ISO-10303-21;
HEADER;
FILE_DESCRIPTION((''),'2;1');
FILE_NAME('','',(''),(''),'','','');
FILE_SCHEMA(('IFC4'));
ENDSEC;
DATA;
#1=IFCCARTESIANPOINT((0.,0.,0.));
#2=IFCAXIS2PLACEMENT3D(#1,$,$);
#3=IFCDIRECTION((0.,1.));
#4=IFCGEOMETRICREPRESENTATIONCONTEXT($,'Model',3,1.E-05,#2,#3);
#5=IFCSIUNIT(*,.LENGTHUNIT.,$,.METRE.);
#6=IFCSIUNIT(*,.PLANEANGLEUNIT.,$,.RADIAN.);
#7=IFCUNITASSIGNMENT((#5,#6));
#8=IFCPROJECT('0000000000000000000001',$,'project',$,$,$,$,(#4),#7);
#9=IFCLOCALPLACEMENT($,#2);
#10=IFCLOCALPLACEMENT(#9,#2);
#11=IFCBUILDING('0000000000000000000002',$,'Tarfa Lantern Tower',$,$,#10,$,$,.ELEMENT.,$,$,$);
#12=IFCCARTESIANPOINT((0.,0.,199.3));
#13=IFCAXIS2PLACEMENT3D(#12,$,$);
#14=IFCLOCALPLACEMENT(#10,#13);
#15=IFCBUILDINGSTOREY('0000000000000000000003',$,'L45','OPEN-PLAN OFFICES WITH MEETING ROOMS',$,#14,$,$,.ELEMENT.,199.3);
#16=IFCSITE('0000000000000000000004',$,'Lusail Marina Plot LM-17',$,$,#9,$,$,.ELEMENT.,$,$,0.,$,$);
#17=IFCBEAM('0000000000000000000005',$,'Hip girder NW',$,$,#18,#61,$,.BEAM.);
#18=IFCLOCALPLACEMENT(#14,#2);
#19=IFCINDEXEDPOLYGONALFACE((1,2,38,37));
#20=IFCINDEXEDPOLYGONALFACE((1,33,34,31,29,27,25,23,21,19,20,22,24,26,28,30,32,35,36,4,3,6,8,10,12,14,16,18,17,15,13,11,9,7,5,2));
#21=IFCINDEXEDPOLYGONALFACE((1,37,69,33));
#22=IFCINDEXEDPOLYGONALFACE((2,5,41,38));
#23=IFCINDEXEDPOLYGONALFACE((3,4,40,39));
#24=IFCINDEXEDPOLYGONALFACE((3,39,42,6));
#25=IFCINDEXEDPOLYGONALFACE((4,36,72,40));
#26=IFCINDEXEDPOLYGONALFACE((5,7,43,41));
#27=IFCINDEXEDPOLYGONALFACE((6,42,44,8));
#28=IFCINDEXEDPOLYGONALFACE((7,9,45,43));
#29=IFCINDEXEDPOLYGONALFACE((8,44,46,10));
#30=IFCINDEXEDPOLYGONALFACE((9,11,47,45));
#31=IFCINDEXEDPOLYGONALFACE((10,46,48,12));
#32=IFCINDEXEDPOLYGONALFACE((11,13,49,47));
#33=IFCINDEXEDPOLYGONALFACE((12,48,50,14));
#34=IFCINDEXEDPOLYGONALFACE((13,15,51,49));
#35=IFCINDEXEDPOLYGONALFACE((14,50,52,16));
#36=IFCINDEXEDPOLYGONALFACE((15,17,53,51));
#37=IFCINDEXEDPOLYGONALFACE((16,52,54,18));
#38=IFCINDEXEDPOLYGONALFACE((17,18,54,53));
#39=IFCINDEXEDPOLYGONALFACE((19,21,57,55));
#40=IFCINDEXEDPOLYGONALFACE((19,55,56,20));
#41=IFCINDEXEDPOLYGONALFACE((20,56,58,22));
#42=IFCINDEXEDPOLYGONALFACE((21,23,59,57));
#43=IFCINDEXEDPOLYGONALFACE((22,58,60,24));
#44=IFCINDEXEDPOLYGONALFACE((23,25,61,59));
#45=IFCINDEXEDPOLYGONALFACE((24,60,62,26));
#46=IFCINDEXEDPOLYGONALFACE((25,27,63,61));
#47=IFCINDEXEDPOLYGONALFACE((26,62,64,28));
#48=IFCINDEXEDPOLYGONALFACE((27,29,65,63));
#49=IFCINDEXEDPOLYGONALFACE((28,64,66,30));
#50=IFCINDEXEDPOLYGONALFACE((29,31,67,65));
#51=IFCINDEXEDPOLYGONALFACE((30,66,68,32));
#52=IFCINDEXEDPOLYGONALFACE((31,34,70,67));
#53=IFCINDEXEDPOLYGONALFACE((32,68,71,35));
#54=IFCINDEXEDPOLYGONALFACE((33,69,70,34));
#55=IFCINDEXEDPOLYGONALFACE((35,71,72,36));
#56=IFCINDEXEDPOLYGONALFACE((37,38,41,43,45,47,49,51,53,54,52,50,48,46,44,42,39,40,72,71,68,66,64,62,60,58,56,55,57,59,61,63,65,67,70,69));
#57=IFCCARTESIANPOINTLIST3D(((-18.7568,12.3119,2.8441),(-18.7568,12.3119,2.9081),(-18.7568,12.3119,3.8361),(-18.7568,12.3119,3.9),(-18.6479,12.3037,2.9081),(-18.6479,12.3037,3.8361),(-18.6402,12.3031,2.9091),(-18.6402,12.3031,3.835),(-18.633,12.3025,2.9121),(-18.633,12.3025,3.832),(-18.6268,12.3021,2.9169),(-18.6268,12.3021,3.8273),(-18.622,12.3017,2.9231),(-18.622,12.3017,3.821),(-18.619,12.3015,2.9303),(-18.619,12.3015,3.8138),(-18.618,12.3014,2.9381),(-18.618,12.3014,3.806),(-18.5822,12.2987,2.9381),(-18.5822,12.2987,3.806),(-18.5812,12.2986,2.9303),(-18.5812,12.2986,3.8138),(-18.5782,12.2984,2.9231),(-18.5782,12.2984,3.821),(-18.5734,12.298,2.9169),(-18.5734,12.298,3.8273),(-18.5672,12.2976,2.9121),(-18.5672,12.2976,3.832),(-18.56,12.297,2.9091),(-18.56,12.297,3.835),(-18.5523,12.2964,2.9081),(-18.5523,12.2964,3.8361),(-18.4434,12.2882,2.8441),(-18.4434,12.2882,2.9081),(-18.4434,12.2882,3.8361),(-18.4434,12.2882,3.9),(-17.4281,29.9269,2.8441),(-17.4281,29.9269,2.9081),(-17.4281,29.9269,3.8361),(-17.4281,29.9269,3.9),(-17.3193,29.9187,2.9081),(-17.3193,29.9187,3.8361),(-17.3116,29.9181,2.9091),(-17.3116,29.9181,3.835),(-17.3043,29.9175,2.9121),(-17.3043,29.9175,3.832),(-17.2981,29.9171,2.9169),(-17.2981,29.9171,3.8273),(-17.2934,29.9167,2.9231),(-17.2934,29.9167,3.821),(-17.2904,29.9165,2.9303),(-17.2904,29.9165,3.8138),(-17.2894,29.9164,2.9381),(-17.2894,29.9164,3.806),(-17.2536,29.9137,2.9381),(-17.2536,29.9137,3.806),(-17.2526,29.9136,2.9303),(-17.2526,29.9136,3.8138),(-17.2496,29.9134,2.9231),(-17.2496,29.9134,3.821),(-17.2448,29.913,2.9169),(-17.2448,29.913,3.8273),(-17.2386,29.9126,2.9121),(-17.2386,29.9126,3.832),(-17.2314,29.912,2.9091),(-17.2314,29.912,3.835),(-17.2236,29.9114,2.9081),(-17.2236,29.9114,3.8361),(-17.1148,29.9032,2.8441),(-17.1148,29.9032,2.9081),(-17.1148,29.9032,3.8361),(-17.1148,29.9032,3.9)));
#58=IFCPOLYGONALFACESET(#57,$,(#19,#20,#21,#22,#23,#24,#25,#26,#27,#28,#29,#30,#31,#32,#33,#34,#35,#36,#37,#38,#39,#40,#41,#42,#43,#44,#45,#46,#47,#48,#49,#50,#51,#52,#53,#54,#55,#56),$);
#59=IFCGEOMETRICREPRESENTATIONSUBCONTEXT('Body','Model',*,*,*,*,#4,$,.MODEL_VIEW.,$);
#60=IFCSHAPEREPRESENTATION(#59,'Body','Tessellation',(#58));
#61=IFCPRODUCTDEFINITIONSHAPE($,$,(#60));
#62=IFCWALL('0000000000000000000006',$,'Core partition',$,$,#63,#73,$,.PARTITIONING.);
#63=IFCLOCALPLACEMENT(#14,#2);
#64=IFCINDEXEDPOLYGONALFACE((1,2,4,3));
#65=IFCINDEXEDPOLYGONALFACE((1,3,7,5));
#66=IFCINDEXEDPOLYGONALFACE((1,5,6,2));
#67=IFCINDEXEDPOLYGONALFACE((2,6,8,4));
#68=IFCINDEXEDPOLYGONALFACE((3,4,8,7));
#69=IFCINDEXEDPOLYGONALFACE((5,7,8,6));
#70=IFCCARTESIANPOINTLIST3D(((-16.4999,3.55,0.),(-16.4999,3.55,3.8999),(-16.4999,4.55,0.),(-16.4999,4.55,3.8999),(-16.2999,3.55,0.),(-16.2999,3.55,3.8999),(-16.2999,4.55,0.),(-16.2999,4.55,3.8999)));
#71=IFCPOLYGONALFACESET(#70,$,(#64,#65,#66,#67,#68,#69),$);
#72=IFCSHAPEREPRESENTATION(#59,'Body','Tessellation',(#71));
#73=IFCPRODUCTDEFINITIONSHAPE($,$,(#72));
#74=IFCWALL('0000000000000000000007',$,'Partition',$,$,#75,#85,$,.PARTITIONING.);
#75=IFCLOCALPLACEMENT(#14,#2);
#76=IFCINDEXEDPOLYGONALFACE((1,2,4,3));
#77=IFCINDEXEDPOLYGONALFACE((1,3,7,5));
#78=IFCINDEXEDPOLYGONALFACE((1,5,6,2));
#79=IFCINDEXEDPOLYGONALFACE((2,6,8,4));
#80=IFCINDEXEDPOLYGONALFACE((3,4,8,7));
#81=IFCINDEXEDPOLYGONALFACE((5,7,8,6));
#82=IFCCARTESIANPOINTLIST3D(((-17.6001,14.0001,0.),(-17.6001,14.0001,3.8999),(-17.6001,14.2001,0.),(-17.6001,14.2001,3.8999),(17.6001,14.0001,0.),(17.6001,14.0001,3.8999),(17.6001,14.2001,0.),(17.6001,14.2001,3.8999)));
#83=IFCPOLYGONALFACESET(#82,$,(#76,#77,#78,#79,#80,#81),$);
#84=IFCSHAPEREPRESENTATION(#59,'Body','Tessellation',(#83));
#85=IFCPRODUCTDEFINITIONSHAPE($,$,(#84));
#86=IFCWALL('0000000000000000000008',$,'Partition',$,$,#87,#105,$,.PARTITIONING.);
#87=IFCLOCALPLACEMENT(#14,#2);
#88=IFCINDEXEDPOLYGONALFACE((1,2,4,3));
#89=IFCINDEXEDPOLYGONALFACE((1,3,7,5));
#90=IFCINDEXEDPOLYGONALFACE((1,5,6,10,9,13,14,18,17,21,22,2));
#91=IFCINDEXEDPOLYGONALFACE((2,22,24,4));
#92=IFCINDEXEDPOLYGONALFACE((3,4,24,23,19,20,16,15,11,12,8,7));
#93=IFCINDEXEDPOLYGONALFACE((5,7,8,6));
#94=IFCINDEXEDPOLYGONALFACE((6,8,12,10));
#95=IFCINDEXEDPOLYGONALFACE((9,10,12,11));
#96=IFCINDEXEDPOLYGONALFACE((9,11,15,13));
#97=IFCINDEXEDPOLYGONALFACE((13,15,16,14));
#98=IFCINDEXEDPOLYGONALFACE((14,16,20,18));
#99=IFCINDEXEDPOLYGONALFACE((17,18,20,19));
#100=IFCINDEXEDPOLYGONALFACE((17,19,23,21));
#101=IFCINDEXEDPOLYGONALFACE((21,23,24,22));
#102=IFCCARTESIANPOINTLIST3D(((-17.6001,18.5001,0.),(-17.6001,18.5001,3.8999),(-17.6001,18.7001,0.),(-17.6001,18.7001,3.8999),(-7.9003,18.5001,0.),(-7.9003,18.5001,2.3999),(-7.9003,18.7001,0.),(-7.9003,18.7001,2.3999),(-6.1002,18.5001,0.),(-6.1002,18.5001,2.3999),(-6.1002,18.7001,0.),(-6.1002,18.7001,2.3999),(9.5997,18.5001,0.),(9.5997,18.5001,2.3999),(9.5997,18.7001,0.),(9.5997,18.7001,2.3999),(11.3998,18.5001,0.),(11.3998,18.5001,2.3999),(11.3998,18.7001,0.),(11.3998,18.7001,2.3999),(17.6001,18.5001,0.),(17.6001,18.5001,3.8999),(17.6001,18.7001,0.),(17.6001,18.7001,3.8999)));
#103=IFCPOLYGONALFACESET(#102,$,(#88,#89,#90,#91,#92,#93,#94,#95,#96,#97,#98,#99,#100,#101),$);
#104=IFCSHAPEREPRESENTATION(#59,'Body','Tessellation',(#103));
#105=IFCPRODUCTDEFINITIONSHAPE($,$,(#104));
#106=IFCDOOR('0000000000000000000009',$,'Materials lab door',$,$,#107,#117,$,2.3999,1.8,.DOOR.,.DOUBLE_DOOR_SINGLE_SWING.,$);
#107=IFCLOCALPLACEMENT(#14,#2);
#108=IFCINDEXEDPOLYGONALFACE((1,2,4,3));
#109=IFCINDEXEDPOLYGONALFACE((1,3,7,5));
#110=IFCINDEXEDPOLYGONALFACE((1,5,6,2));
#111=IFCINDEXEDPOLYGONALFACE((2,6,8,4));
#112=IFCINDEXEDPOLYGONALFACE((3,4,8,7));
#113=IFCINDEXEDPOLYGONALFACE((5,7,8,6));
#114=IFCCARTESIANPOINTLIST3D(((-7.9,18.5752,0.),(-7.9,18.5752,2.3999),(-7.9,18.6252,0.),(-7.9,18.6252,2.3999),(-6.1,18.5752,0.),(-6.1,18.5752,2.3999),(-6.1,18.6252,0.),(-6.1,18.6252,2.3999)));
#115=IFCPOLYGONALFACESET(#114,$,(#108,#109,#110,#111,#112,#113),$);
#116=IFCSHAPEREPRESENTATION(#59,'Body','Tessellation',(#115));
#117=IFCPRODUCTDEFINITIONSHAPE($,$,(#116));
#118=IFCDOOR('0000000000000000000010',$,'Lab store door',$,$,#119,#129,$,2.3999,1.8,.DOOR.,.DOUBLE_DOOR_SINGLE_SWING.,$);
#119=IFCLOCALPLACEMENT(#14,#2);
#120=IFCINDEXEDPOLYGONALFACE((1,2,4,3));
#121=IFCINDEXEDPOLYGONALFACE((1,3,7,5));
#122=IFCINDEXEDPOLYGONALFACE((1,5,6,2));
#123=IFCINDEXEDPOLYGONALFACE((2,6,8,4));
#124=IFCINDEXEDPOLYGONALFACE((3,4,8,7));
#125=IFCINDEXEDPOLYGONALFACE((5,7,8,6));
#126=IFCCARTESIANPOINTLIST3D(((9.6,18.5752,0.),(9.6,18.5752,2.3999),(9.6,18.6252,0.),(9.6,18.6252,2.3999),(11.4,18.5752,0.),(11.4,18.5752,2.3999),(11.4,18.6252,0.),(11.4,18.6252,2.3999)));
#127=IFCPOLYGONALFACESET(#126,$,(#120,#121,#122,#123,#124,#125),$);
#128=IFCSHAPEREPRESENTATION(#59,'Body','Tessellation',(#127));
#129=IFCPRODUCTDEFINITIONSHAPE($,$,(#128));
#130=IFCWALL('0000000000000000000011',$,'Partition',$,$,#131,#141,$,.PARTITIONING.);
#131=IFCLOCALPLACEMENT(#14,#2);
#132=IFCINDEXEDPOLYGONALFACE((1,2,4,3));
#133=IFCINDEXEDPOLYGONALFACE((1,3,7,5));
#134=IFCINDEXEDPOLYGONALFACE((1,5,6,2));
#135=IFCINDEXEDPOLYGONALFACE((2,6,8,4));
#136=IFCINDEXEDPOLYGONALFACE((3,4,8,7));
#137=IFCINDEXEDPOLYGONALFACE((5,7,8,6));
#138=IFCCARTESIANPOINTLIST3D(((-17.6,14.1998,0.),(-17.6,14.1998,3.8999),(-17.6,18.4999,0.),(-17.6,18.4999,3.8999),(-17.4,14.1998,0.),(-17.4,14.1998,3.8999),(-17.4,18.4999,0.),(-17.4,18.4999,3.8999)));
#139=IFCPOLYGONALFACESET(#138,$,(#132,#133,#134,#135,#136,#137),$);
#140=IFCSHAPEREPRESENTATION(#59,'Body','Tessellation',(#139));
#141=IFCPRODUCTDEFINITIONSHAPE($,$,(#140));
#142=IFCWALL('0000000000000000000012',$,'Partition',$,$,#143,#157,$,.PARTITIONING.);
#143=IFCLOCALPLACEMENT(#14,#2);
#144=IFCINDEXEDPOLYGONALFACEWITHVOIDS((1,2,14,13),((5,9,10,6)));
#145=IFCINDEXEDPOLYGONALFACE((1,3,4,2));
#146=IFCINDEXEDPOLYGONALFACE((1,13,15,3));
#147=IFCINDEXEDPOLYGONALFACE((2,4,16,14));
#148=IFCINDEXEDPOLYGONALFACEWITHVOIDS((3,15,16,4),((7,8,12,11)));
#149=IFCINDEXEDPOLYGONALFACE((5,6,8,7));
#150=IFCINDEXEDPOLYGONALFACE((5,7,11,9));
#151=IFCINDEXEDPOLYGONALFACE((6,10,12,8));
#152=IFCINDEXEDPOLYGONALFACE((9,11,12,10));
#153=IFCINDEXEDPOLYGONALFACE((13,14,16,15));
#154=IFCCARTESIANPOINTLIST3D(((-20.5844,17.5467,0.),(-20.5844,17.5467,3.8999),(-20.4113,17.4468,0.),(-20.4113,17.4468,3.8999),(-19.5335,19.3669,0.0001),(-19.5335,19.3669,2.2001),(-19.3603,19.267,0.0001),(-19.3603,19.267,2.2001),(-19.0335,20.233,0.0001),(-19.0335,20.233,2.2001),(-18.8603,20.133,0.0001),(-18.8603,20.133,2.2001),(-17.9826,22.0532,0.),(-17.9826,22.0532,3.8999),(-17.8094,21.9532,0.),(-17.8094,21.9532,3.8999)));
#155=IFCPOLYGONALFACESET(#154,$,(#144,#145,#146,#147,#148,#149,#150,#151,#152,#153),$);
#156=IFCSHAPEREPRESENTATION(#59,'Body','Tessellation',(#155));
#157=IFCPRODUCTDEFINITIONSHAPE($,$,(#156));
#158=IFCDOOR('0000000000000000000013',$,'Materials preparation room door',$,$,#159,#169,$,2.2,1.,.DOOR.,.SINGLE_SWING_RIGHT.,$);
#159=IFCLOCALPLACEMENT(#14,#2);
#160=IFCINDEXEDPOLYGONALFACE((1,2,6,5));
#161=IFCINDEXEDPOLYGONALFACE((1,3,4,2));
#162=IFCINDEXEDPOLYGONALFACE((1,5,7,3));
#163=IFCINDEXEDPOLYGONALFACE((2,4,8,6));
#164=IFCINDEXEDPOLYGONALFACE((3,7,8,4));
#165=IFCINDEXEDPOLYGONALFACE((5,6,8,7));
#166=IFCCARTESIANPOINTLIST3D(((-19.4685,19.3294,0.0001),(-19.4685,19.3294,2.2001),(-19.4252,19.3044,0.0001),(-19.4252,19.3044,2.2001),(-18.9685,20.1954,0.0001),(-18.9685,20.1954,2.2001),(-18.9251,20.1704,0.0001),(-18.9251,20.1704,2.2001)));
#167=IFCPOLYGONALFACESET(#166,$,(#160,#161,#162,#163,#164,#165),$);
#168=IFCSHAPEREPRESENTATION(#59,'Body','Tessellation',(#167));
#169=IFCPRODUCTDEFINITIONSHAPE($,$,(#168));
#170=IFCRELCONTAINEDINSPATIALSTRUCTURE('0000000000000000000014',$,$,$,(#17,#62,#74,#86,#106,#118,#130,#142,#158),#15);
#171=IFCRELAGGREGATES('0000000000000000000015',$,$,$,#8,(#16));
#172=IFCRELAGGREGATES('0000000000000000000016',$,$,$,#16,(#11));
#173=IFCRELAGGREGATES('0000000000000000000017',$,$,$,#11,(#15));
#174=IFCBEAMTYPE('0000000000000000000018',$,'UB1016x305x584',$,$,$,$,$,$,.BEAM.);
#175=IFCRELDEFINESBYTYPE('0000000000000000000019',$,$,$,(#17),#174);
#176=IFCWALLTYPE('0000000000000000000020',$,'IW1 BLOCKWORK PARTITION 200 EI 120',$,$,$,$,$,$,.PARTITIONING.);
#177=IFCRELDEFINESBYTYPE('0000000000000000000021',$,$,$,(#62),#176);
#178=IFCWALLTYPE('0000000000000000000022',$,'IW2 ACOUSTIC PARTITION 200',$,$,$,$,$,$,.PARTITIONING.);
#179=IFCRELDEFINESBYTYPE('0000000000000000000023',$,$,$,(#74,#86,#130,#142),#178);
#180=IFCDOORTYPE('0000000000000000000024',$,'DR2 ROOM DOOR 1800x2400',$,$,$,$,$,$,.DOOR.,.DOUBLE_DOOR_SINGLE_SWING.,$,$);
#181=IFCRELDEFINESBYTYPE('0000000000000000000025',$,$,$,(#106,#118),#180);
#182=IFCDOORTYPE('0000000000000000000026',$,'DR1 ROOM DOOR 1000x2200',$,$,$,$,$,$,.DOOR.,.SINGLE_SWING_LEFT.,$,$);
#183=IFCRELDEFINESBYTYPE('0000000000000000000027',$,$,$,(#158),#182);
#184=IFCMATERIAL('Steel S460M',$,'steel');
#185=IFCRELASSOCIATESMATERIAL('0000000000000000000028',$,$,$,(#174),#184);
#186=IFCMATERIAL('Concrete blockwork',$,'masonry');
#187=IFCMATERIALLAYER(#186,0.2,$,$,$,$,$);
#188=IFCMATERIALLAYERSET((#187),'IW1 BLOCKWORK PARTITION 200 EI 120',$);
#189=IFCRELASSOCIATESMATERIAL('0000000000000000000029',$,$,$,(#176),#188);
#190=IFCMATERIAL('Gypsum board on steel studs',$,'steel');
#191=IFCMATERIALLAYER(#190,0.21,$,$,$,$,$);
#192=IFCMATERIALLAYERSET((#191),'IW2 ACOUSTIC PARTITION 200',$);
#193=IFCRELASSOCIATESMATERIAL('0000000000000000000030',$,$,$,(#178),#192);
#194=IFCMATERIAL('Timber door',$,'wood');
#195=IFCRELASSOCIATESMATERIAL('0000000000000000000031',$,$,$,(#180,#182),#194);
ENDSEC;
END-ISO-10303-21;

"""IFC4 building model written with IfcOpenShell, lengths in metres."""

from ifc_helpers import new_model, si_unit, direction, frame, frame_2d, origin, origin_2d, place, context, subcontext, project, spatial, rectangle, i_section, extrude, material, layer, layer_set, material_profile, profile_set, type_object, element, fill, save


model = new_model("IFC4")

# Units and contexts
model_context = context("Model", 3, precision=1e-05, world=origin(), true_north=direction((0.0, 1.0)))
body_context = subcontext(model_context, "Body", "Model", "MODEL_VIEW")
ifc_project = project(units=[si_unit("LENGTHUNIT", "METRE"), si_unit("PLANEANGLEUNIT", "RADIAN")], contexts=[model_context])

# Site, building, storey
site_placement = place(None, origin())
site = spatial("IfcSite", under=ifc_project, at=site_placement, Name="Lusail Marina Plot LM-17", CompositionType="ELEMENT", RefElevation=0.0)
building_placement = place(site_placement, origin())
building = spatial("IfcBuilding", under=site, at=building_placement, Name="Tarfa Lantern Tower", CompositionType="ELEMENT")
storey_placement = place(building_placement, frame((0.0, 0.0, 199.3)))
storey = spatial("IfcBuildingStorey", under=building, at=storey_placement, Name="L45", Description="OPEN-PLAN OFFICES WITH MEETING ROOMS", CompositionType="ELEMENT", Elevation=199.3)

# Beam
ifc_material_1 = material(Name="Steel S460M", Category="steel")
ifc_material_profile = material_profile(ifc_material_1, i_section(OverallWidth=0.3142, OverallDepth=1.0559, WebThickness=0.0359, FlangeThickness=0.064, FilletRadius=0.03, at=origin_2d()), Name="UB1016x305x584")
ifc_profile_set = profile_set([ifc_material_profile], Name="Steel S460M")
beam_type = type_object("IfcBeamType", Name="UB1016x305x584", PredefinedType="BEAM", material=ifc_profile_set)
beam_placement = place(storey_placement, frame((-18.6001, 12.3, 3.3721), z_axis=(0.075212, 0.997168, 0.0), x_axis=(-0.997168, 0.075212, 0.0)))
element("IfcBeam", 1, at=beam_placement, inside=storey, type_object=beam_type, Name="Hip girder NW", PredefinedType="BEAM", context=body_context, shape_type="SweptSolid", body=[
    extrude(i_section(OverallWidth=0.3142, OverallDepth=1.0559, WebThickness=0.0359, FlangeThickness=0.064, FilletRadius=0.03, at=origin_2d()), origin(), (0.0, 0.0, 1.0), 17.665),
])

# Walls
ifc_material_2 = material(Name="Concrete blockwork", Category="masonry")
ifc_layer_1 = layer(ifc_material_2, 0.2)
ifc_layer_set_1 = layer_set([ifc_layer_1], Name="IW1 BLOCKWORK PARTITION 200 EI 120")
wall_type_1 = type_object("IfcWallType", Name="IW1 BLOCKWORK PARTITION 200 EI 120", PredefinedType="PARTITIONING", material=ifc_layer_set_1)
wall_1_placement = place(storey_placement, frame((-16.3999, 3.55, 0.0), z_axis=(0.0, 0.0, 1.0), x_axis=(0.0, 1.0, 0.0)))
element("IfcWall", 2, at=wall_1_placement, inside=storey, type_object=wall_type_1, Name="Core partition", PredefinedType="PARTITIONING", context=body_context, shape_type="SweptSolid", body=[
    extrude(rectangle(XDim=1.0, YDim=0.2, at=frame_2d((0.5, 0.0))), origin(), (0.0, 0.0, 1.0), 3.8999),
])
ifc_material_3 = material(Name="Gypsum board on steel studs", Category="steel")
ifc_layer_2 = layer(ifc_material_3, 0.21)
ifc_layer_set_2 = layer_set([ifc_layer_2], Name="IW2 ACOUSTIC PARTITION 200")
wall_type_2 = type_object("IfcWallType", Name="IW2 ACOUSTIC PARTITION 200", PredefinedType="PARTITIONING", material=ifc_layer_set_2)
wall_2_placement = place(storey_placement, frame((-17.6001, 14.1001, 0.0), z_axis=(0.0, 0.0, 1.0), x_axis=(1.0, 0.0, 0.0)))
element("IfcWall", 3, at=wall_2_placement, inside=storey, type_object=wall_type_2, Name="Partition", PredefinedType="PARTITIONING", context=body_context, shape_type="SweptSolid", body=[
    extrude(rectangle(XDim=35.2002, YDim=0.2, at=frame_2d((17.6001, 0.0))), origin(), (0.0, 0.0, 1.0), 3.8999),
])

# Wall, openings, doors
wall_3_placement = place(storey_placement, frame((-17.6001, 18.6001, 0.0), z_axis=(0.0, 0.0, 1.0), x_axis=(1.0, 0.0, 0.0)))
wall_3 = element("IfcWall", 4, at=wall_3_placement, inside=storey, type_object=wall_type_2, Name="Partition", PredefinedType="PARTITIONING", context=body_context, shape_type="SweptSolid", body=[
    extrude(rectangle(XDim=35.2002, YDim=0.2, at=frame_2d((17.6001, 0.0))), origin(), (0.0, 0.0, 1.0), 3.8999),
])
opening_1_placement = place(wall_3_placement, frame((9.7, 0.0, 0.0)))
opening_1 = element("IfcOpeningElement", 5, at=opening_1_placement, cuts=wall_3, PredefinedType="OPENING", context=body_context, shape_type="SweptSolid", body=[
    extrude(rectangle(XDim=1.8, YDim=2.3999, at=frame_2d((0.8999, 1.2))), frame((0.0, 0.1099, 0.0), z_axis=(0.0, -1.0, 0.0), x_axis=(1.0, 0.0, 0.0)), (0.0, 0.0, 1.0), 0.22),
])
opening_2_placement = place(wall_3_placement, frame((27.2, 0.0, 0.0)))
opening_2 = element("IfcOpeningElement", 6, at=opening_2_placement, cuts=wall_3, PredefinedType="OPENING", context=body_context, shape_type="SweptSolid", body=[
    extrude(rectangle(XDim=1.8, YDim=2.3999, at=frame_2d((0.8999, 1.2))), frame((0.0, 0.1099, 0.0), z_axis=(0.0, -1.0, 0.0), x_axis=(1.0, 0.0, 0.0)), (0.0, 0.0, 1.0), 0.22),
])
ifc_material_4 = material(Name="Timber door", Category="wood")
door_type_1 = type_object("IfcDoorType", Name="DR2 ROOM DOOR 1800x2400", OperationType="DOUBLE_DOOR_SINGLE_SWING", PredefinedType="DOOR", material=ifc_material_4)
door_1_placement = place(opening_1_placement, frame((1.8, 0.0, 0.0), z_axis=(0.0, 0.0, 1.0), x_axis=(-1.0, 0.0, 0.0)))
door_1 = element("IfcDoor", 7, at=door_1_placement, inside=storey, type_object=door_type_1, Name="Materials lab door", OperationType="DOUBLE_DOOR_SINGLE_SWING", OverallHeight=2.3999, OverallWidth=1.8, PredefinedType="DOOR", context=body_context, shape_type="SweptSolid", body=[
    extrude(rectangle(XDim=1.8, YDim=2.3999, at=frame_2d((0.8999, 1.2))), frame((0.0, 0.0249, 0.0), z_axis=(0.0, -1.0, 0.0), x_axis=(1.0, 0.0, 0.0)), (0.0, 0.0, 1.0), 0.05),
])
fill(opening_1, door_1)
door_2_placement = place(opening_2_placement, frame((1.8, 0.0, 0.0), z_axis=(0.0, 0.0, 1.0), x_axis=(-1.0, 0.0, 0.0)))
door_2 = element("IfcDoor", 8, at=door_2_placement, inside=storey, type_object=door_type_1, Name="Lab store door", OperationType="DOUBLE_DOOR_SINGLE_SWING", OverallHeight=2.3999, OverallWidth=1.8, PredefinedType="DOOR", context=body_context, shape_type="SweptSolid", body=[
    extrude(rectangle(XDim=1.8, YDim=2.3999, at=frame_2d((0.8999, 1.2))), frame((0.0, 0.0249, 0.0), z_axis=(0.0, -1.0, 0.0), x_axis=(1.0, 0.0, 0.0)), (0.0, 0.0, 1.0), 0.05),
])
fill(opening_2, door_2)

# Wall
wall_4_placement = place(storey_placement, frame((-17.5, 14.2, 0.0), z_axis=(0.0, 0.0, 1.0), x_axis=(0.0, 1.0, 0.0)))
element("IfcWall", 9, at=wall_4_placement, inside=storey, type_object=wall_type_2, Name="Partition", PredefinedType="PARTITIONING", context=body_context, shape_type="SweptSolid", body=[
    extrude(rectangle(XDim=4.3, YDim=0.2, at=frame_2d((2.1499, 0.0))), origin(), (0.0, 0.0, 1.0), 3.8999),
])

# Wall, opening, door
wall_5_placement = place(storey_placement, frame((-17.896, 22.0032, 0.0), z_axis=(0.0, 0.0, 1.0), x_axis=(-0.500009, -0.86602, 0.0)))
wall_5 = element("IfcWall", 10, at=wall_5_placement, inside=storey, type_object=wall_type_2, Name="Partition", PredefinedType="PARTITIONING", context=body_context, shape_type="SweptSolid", body=[
    extrude(rectangle(XDim=5.2036, YDim=0.2, at=frame_2d((2.6018, 0.0))), origin(), (0.0, 0.0, 1.0), 3.8999),
])
opening_3_placement = place(wall_5_placement, frame((2.1018, 0.0, 0.0)))
opening_3 = element("IfcOpeningElement", 11, at=opening_3_placement, cuts=wall_5, PredefinedType="OPENING", context=body_context, shape_type="SweptSolid", body=[
    extrude(rectangle(XDim=1.0, YDim=2.2, at=frame_2d((0.5, 1.1001))), frame((0.0, 0.1099, 0.0), z_axis=(0.0, -1.0, 0.0), x_axis=(1.0, 0.0, 0.0)), (0.0, 0.0, 1.0), 0.22),
])
door_type_2 = type_object("IfcDoorType", Name="DR1 ROOM DOOR 1000x2200", OperationType="SINGLE_SWING_LEFT", PredefinedType="DOOR", material=ifc_material_4)
door_3_placement = place(opening_3_placement, frame((1.0, 0.0, 0.0), z_axis=(0.0, 0.0, 1.0), x_axis=(-1.0, 0.0, 0.0)))
door_3 = element("IfcDoor", 12, at=door_3_placement, inside=storey, type_object=door_type_2, Name="Materials preparation room door", OperationType="SINGLE_SWING_RIGHT", OverallHeight=2.2, OverallWidth=1.0, PredefinedType="DOOR", context=body_context, shape_type="SweptSolid", body=[
    extrude(rectangle(XDim=1.0, YDim=2.2, at=frame_2d((0.5, 1.1001))), frame((0.0, 0.0249, 0.0), z_axis=(0.0, -1.0, 0.0), x_axis=(1.0, 0.0, 0.0)), (0.0, 0.0, 1.0), 0.05),
])
fill(opening_3, door_3)

save(model, "model.ifc")
